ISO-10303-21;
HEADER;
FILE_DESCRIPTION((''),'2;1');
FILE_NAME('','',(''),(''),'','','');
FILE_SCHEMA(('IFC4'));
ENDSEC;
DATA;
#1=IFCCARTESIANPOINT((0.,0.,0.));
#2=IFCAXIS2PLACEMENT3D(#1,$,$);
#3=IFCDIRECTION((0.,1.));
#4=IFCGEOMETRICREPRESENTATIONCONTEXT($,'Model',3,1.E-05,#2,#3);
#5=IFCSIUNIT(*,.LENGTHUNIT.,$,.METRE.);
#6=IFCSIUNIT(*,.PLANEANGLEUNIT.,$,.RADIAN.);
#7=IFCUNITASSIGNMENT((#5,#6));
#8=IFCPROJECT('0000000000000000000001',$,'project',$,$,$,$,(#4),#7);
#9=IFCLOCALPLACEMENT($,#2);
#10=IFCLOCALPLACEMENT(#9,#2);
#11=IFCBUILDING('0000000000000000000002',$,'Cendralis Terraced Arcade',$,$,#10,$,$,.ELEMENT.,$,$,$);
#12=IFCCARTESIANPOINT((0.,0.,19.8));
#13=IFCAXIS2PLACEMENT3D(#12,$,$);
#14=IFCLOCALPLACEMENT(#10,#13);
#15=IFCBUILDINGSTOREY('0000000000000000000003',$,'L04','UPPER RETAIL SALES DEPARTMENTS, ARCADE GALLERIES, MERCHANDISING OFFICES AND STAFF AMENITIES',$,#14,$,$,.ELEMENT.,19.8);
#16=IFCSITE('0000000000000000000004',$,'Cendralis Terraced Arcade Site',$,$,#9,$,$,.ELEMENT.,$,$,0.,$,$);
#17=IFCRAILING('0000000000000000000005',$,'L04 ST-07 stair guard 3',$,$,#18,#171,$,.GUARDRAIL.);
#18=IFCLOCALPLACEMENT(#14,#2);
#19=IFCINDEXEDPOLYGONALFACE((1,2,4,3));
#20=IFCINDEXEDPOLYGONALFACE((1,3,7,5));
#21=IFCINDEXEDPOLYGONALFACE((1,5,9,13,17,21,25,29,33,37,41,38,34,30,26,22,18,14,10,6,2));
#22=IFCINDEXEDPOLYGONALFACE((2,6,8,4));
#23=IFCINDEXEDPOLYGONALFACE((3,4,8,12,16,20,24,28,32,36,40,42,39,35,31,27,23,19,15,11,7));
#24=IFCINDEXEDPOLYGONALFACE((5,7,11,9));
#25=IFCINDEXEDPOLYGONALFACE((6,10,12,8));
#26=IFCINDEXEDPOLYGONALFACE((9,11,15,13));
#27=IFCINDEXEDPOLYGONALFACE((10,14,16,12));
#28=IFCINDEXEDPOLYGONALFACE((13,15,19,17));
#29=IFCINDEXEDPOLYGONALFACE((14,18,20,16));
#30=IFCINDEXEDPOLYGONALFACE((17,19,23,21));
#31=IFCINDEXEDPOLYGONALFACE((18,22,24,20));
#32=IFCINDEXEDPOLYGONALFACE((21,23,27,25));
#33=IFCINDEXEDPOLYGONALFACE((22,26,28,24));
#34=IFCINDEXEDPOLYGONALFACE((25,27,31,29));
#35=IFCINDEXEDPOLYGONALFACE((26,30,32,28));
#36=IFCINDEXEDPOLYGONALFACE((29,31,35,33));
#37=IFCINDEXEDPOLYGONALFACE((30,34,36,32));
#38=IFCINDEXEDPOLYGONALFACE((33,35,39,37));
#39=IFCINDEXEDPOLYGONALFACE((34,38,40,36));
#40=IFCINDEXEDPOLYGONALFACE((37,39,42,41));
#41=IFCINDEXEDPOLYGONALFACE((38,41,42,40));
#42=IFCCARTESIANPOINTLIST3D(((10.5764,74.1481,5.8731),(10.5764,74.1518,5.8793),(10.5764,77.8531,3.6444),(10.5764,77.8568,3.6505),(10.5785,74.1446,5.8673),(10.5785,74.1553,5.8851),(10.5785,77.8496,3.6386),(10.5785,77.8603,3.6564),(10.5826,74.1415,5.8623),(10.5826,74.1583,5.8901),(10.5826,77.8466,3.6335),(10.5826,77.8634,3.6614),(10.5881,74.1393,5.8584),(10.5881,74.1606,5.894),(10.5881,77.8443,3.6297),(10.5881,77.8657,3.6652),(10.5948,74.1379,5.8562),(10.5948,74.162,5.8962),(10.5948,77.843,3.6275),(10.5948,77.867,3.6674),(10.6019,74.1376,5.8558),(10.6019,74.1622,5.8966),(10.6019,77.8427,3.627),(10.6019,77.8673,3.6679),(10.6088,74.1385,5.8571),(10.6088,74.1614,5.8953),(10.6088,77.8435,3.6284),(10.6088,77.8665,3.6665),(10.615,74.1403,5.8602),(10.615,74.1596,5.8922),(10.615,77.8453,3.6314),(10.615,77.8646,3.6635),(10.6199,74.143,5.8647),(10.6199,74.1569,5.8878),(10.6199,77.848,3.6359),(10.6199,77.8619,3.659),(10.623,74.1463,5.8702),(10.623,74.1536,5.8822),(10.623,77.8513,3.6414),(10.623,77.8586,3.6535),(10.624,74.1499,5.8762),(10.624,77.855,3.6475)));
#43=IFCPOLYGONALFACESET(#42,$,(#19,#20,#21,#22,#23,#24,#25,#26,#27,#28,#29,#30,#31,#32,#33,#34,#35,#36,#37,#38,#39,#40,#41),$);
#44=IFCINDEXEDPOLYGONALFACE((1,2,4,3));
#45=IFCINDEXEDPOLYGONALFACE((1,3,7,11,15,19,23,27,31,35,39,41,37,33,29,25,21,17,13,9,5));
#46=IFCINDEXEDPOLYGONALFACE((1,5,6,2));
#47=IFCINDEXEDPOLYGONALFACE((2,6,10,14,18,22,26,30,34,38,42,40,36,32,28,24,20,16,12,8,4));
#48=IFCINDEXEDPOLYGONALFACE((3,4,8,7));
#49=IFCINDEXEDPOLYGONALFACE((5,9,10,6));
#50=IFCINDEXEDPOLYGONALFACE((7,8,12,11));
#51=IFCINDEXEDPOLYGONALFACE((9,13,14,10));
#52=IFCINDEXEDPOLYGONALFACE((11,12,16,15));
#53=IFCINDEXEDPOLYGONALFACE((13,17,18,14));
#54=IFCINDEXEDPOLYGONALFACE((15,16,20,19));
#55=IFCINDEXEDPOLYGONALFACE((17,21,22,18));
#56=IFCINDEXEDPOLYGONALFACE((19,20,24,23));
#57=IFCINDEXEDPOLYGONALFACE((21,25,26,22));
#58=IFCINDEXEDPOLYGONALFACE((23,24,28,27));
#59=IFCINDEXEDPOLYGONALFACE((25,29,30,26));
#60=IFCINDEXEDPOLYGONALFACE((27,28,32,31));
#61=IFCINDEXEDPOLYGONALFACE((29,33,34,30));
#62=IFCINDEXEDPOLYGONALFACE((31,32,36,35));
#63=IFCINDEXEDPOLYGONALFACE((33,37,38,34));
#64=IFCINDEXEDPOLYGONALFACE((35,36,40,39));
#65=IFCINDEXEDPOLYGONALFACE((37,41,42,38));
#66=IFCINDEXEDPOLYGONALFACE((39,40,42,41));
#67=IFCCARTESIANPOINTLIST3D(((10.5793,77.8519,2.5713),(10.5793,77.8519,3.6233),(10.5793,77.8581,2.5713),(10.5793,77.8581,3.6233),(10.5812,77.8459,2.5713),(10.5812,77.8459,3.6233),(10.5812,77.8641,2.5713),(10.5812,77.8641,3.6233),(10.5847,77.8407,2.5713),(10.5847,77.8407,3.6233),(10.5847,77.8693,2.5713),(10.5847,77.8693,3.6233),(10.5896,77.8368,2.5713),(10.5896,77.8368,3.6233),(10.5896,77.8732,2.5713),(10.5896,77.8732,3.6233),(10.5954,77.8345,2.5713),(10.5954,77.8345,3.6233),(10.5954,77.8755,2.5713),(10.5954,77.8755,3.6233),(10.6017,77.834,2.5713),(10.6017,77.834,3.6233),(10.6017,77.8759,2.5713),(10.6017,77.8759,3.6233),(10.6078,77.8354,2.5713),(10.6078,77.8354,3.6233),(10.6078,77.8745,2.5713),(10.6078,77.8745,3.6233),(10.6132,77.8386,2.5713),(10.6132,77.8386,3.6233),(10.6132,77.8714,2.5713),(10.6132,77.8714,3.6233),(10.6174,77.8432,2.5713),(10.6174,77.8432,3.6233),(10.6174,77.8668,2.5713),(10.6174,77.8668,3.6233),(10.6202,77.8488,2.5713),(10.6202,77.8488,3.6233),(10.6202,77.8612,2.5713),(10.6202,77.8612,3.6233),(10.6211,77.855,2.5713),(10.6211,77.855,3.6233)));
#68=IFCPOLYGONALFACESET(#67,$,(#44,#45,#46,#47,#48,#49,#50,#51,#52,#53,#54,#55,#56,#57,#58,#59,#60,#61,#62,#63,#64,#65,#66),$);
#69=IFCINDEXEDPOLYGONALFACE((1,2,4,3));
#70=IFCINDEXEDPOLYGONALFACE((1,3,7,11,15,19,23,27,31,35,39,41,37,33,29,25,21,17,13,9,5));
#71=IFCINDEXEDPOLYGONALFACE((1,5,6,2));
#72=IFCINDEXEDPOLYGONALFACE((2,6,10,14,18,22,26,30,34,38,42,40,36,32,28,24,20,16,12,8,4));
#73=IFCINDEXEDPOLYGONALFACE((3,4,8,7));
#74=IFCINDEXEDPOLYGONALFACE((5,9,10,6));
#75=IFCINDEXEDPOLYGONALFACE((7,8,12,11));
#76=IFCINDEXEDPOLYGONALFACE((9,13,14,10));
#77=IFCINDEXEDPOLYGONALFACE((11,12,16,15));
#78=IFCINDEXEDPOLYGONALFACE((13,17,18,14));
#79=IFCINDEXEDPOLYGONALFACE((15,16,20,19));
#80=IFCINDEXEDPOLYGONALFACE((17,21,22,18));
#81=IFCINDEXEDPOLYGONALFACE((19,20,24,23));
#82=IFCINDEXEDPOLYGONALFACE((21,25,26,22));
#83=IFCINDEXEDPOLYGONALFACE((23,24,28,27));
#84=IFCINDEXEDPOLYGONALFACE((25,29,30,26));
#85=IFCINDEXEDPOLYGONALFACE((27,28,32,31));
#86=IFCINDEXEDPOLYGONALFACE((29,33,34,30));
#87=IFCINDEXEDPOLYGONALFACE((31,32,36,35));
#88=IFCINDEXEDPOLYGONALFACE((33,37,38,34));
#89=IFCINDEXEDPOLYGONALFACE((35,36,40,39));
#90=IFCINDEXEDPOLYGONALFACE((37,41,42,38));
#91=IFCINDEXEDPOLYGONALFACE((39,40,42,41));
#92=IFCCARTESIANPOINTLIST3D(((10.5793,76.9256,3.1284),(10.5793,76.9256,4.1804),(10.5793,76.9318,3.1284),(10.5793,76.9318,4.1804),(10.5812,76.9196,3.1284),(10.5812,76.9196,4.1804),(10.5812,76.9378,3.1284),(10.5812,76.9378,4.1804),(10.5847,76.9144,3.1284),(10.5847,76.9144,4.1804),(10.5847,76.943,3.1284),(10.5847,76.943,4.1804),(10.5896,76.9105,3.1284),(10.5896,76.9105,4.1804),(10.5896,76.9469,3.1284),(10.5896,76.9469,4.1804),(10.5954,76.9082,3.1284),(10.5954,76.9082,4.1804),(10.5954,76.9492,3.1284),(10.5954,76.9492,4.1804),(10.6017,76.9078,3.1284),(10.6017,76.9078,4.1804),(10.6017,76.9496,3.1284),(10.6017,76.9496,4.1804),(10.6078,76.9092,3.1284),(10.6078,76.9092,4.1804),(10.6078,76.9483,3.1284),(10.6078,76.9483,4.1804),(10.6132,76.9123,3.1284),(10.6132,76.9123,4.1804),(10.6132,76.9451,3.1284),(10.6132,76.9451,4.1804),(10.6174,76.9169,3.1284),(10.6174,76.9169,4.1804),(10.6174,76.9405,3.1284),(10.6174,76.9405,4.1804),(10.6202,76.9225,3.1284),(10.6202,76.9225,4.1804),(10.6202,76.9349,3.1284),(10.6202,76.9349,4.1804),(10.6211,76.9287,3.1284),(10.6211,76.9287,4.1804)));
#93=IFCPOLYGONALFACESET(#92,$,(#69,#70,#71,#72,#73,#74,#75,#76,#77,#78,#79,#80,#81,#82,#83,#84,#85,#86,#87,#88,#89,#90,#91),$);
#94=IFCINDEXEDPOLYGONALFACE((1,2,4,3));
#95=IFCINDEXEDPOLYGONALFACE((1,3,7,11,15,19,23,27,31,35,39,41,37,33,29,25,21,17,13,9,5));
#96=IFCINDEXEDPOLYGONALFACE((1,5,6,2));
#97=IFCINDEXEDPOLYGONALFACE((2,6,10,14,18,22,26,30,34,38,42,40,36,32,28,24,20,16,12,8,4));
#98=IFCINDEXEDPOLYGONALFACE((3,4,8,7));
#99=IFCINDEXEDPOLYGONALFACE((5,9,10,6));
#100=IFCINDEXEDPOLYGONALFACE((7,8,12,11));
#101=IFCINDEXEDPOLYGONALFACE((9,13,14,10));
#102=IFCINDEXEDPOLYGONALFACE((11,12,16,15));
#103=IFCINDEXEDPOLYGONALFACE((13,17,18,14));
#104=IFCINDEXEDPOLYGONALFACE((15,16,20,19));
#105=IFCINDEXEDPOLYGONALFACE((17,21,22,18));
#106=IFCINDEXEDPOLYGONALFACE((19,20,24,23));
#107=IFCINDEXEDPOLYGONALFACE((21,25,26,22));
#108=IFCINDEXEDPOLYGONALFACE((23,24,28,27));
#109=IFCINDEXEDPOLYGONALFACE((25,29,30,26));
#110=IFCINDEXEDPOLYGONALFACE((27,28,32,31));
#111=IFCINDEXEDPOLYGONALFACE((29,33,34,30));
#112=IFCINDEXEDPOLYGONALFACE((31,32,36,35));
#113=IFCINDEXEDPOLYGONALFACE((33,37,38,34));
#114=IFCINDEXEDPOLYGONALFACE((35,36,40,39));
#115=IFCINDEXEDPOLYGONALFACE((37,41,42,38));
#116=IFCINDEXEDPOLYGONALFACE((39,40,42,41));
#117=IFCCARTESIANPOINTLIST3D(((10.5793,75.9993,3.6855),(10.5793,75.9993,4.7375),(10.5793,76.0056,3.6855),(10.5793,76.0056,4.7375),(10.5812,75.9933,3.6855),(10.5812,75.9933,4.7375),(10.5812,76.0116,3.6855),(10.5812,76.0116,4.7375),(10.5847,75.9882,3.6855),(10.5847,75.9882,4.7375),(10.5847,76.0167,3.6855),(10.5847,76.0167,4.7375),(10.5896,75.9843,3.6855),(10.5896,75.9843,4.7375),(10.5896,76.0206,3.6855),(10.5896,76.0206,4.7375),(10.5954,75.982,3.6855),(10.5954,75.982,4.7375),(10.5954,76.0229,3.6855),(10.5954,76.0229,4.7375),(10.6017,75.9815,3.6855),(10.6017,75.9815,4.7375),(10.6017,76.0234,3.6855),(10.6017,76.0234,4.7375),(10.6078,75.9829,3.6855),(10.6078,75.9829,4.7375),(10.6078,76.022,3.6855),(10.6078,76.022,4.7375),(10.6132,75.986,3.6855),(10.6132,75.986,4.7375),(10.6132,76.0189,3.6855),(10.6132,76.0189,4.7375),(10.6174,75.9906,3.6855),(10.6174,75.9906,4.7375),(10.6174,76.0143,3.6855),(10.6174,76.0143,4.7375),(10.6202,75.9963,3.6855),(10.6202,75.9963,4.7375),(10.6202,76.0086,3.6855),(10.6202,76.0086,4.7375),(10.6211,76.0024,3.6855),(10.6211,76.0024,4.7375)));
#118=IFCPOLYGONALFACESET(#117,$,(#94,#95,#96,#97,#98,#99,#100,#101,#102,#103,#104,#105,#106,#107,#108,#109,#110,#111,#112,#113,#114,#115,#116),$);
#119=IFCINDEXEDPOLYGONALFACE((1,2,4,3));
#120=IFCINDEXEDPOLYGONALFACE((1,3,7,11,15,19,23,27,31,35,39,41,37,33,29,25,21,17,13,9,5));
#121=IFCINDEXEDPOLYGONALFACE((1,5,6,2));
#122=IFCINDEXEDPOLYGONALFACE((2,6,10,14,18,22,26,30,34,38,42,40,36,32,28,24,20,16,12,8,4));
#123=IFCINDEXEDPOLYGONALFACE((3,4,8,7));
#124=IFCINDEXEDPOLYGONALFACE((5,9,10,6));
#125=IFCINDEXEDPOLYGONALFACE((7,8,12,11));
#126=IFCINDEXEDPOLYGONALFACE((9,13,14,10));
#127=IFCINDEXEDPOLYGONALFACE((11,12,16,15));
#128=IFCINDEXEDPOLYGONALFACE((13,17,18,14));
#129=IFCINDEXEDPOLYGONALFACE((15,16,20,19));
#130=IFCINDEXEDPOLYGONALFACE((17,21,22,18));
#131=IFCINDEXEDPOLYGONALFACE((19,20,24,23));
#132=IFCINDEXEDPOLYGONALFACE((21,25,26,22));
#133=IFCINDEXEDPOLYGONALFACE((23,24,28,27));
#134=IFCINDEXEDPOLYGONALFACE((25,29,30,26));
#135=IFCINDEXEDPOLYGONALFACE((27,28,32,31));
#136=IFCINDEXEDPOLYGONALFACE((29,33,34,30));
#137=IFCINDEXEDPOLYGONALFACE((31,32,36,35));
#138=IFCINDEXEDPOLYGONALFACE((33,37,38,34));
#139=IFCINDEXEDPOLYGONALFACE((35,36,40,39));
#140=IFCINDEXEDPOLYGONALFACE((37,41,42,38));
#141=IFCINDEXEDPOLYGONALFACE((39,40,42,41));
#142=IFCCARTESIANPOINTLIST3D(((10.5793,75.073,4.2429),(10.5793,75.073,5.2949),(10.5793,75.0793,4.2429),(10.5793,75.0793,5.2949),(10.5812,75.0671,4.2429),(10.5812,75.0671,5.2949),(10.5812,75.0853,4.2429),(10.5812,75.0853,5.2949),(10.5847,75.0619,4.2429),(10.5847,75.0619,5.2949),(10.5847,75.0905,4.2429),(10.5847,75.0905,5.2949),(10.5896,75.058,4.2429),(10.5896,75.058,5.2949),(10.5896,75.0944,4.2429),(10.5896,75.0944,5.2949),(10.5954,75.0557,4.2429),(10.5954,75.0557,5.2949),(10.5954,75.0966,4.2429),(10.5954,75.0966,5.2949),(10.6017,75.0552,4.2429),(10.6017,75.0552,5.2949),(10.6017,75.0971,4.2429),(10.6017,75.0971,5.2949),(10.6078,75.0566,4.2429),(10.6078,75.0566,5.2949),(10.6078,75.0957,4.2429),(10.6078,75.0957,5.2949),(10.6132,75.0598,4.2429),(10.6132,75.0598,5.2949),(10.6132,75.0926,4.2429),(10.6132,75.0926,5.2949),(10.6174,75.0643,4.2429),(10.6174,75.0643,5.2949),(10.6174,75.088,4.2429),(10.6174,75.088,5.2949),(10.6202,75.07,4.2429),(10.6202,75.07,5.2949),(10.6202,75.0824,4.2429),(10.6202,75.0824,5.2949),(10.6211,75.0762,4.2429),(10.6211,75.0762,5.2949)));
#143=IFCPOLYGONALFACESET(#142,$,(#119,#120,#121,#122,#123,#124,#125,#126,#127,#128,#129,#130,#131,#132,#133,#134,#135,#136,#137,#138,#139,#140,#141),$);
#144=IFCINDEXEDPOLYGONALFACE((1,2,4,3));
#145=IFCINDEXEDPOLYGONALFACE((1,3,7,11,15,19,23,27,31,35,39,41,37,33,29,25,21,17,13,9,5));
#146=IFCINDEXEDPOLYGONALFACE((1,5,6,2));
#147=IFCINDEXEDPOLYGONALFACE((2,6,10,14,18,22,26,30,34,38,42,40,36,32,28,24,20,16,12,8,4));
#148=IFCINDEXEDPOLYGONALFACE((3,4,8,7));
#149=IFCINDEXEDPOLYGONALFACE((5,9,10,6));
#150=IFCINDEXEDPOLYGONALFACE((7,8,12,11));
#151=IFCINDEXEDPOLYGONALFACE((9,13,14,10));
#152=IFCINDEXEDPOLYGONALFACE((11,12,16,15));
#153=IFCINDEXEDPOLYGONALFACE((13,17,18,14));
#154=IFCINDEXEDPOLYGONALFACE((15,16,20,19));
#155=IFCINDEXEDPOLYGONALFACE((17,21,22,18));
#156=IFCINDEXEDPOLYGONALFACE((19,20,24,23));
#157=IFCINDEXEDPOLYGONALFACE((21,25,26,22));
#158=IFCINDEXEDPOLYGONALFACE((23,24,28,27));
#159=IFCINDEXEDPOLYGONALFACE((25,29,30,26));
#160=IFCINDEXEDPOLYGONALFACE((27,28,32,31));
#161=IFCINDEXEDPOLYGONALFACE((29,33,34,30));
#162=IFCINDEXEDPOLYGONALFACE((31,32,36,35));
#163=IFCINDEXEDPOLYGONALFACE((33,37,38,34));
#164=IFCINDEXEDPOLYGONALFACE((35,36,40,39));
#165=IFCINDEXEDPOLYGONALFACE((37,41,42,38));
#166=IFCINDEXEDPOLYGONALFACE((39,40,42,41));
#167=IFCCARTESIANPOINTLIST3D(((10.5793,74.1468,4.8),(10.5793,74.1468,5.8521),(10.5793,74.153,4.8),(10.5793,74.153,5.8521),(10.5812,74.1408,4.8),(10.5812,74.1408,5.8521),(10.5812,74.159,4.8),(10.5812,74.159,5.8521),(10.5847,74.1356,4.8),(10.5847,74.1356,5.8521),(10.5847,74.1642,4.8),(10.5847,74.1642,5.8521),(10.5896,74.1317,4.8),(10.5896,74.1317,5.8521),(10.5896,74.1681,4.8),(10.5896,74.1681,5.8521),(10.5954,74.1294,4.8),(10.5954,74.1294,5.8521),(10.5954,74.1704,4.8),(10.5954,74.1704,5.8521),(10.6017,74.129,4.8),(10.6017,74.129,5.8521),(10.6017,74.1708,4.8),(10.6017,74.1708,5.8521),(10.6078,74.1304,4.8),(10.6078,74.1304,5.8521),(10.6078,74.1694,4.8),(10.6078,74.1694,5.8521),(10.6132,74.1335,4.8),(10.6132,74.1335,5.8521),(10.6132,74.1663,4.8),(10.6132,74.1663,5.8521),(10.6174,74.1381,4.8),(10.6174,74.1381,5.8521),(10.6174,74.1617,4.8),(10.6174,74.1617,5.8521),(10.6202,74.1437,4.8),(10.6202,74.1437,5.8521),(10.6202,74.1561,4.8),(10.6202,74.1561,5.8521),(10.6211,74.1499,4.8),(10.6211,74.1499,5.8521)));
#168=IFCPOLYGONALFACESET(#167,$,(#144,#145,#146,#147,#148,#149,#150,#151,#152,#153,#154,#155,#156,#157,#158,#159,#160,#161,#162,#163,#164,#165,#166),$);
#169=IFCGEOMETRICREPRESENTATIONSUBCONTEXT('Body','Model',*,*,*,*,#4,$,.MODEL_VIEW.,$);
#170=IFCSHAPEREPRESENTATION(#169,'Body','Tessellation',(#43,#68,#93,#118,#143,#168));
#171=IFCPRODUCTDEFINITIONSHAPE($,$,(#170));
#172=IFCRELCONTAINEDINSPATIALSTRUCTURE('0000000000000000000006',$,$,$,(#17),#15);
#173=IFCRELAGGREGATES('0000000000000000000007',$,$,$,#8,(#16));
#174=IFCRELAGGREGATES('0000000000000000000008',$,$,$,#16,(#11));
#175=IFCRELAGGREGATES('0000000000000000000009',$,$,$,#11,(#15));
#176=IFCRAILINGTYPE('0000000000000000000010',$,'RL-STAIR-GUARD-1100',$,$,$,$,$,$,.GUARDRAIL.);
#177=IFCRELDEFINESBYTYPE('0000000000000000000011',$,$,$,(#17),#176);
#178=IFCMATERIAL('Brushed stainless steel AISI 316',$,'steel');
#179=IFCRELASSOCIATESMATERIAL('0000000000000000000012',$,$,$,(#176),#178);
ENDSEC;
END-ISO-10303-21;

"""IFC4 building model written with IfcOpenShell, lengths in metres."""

from ifc_helpers import new_model, si_unit, direction, frame, origin, origin_2d, place, context, subcontext, project, spatial, circle, extrude, material, type_object, element, save


model = new_model("IFC4")

# Units and contexts
model_context = context("Model", 3, precision=1e-05, world=origin(), true_north=direction((0.0, 1.0)))
body_context = subcontext(model_context, "Body", "Model", "MODEL_VIEW")
ifc_project = project(units=[si_unit("LENGTHUNIT", "METRE"), si_unit("PLANEANGLEUNIT", "RADIAN")], contexts=[model_context])

# Site, building, storey
site_placement = place(None, origin())
site = spatial("IfcSite", under=ifc_project, at=site_placement, Name="Cendralis Terraced Arcade Site", CompositionType="ELEMENT", RefElevation=0.0)
building_placement = place(site_placement, origin())
building = spatial("IfcBuilding", under=site, at=building_placement, Name="Cendralis Terraced Arcade", CompositionType="ELEMENT")
storey_placement = place(building_placement, frame((0.0, 0.0, 19.8)))
storey = spatial("IfcBuildingStorey", under=building, at=storey_placement, Name="L04", Description="UPPER RETAIL SALES DEPARTMENTS, ARCADE GALLERIES, MERCHANDISING OFFICES AND STAFF AMENITIES", CompositionType="ELEMENT", Elevation=19.8)

# Railing
ifc_material_1 = material(Name="Brushed stainless steel AISI 316", Category="steel")
railing_type_1 = type_object("IfcRailingType", Name="RL-STAIR-GUARD-1100", PredefinedType="GUARDRAIL", material=ifc_material_1)
railing_1_placement = place(storey_placement, frame((10.6001, 77.855, 2.5713)))
element("IfcRailing", 1, at=railing_1_placement, inside=storey, type_object=railing_type_1, Name="L04 ST-07 stair guard 3", PredefinedType="GUARDRAIL", context=body_context, shape_type="SweptSolid", body=[
    extrude(circle(Radius=0.0239, at=origin_2d()), frame((0.0, 0.0, 1.0762), z_axis=(0.0, -0.856909, 0.515467), x_axis=(1.0, 0.0, 0.0)), (0.0, 0.0, 1.0), 4.3237),
    extrude(circle(Radius=0.021, at=origin_2d()), origin(), (0.0, 0.0, 1.0), 1.052),
    extrude(circle(Radius=0.021, at=origin_2d()), frame((0.0, -0.9263, 0.5571)), (0.0, 0.0, 1.0), 1.052),
    extrude(circle(Radius=0.021, at=origin_2d()), frame((0.0, -1.8525, 1.1143)), (0.0, 0.0, 1.0), 1.052),
    extrude(circle(Radius=0.021, at=origin_2d()), frame((0.0, -2.7788, 1.6716)), (0.0, 0.0, 1.0), 1.052),
    extrude(circle(Radius=0.021, at=origin_2d()), frame((0.0, -3.7051, 2.2288)), (0.0, 0.0, 1.0), 1.052),
])

save(model, "model.ifc")
